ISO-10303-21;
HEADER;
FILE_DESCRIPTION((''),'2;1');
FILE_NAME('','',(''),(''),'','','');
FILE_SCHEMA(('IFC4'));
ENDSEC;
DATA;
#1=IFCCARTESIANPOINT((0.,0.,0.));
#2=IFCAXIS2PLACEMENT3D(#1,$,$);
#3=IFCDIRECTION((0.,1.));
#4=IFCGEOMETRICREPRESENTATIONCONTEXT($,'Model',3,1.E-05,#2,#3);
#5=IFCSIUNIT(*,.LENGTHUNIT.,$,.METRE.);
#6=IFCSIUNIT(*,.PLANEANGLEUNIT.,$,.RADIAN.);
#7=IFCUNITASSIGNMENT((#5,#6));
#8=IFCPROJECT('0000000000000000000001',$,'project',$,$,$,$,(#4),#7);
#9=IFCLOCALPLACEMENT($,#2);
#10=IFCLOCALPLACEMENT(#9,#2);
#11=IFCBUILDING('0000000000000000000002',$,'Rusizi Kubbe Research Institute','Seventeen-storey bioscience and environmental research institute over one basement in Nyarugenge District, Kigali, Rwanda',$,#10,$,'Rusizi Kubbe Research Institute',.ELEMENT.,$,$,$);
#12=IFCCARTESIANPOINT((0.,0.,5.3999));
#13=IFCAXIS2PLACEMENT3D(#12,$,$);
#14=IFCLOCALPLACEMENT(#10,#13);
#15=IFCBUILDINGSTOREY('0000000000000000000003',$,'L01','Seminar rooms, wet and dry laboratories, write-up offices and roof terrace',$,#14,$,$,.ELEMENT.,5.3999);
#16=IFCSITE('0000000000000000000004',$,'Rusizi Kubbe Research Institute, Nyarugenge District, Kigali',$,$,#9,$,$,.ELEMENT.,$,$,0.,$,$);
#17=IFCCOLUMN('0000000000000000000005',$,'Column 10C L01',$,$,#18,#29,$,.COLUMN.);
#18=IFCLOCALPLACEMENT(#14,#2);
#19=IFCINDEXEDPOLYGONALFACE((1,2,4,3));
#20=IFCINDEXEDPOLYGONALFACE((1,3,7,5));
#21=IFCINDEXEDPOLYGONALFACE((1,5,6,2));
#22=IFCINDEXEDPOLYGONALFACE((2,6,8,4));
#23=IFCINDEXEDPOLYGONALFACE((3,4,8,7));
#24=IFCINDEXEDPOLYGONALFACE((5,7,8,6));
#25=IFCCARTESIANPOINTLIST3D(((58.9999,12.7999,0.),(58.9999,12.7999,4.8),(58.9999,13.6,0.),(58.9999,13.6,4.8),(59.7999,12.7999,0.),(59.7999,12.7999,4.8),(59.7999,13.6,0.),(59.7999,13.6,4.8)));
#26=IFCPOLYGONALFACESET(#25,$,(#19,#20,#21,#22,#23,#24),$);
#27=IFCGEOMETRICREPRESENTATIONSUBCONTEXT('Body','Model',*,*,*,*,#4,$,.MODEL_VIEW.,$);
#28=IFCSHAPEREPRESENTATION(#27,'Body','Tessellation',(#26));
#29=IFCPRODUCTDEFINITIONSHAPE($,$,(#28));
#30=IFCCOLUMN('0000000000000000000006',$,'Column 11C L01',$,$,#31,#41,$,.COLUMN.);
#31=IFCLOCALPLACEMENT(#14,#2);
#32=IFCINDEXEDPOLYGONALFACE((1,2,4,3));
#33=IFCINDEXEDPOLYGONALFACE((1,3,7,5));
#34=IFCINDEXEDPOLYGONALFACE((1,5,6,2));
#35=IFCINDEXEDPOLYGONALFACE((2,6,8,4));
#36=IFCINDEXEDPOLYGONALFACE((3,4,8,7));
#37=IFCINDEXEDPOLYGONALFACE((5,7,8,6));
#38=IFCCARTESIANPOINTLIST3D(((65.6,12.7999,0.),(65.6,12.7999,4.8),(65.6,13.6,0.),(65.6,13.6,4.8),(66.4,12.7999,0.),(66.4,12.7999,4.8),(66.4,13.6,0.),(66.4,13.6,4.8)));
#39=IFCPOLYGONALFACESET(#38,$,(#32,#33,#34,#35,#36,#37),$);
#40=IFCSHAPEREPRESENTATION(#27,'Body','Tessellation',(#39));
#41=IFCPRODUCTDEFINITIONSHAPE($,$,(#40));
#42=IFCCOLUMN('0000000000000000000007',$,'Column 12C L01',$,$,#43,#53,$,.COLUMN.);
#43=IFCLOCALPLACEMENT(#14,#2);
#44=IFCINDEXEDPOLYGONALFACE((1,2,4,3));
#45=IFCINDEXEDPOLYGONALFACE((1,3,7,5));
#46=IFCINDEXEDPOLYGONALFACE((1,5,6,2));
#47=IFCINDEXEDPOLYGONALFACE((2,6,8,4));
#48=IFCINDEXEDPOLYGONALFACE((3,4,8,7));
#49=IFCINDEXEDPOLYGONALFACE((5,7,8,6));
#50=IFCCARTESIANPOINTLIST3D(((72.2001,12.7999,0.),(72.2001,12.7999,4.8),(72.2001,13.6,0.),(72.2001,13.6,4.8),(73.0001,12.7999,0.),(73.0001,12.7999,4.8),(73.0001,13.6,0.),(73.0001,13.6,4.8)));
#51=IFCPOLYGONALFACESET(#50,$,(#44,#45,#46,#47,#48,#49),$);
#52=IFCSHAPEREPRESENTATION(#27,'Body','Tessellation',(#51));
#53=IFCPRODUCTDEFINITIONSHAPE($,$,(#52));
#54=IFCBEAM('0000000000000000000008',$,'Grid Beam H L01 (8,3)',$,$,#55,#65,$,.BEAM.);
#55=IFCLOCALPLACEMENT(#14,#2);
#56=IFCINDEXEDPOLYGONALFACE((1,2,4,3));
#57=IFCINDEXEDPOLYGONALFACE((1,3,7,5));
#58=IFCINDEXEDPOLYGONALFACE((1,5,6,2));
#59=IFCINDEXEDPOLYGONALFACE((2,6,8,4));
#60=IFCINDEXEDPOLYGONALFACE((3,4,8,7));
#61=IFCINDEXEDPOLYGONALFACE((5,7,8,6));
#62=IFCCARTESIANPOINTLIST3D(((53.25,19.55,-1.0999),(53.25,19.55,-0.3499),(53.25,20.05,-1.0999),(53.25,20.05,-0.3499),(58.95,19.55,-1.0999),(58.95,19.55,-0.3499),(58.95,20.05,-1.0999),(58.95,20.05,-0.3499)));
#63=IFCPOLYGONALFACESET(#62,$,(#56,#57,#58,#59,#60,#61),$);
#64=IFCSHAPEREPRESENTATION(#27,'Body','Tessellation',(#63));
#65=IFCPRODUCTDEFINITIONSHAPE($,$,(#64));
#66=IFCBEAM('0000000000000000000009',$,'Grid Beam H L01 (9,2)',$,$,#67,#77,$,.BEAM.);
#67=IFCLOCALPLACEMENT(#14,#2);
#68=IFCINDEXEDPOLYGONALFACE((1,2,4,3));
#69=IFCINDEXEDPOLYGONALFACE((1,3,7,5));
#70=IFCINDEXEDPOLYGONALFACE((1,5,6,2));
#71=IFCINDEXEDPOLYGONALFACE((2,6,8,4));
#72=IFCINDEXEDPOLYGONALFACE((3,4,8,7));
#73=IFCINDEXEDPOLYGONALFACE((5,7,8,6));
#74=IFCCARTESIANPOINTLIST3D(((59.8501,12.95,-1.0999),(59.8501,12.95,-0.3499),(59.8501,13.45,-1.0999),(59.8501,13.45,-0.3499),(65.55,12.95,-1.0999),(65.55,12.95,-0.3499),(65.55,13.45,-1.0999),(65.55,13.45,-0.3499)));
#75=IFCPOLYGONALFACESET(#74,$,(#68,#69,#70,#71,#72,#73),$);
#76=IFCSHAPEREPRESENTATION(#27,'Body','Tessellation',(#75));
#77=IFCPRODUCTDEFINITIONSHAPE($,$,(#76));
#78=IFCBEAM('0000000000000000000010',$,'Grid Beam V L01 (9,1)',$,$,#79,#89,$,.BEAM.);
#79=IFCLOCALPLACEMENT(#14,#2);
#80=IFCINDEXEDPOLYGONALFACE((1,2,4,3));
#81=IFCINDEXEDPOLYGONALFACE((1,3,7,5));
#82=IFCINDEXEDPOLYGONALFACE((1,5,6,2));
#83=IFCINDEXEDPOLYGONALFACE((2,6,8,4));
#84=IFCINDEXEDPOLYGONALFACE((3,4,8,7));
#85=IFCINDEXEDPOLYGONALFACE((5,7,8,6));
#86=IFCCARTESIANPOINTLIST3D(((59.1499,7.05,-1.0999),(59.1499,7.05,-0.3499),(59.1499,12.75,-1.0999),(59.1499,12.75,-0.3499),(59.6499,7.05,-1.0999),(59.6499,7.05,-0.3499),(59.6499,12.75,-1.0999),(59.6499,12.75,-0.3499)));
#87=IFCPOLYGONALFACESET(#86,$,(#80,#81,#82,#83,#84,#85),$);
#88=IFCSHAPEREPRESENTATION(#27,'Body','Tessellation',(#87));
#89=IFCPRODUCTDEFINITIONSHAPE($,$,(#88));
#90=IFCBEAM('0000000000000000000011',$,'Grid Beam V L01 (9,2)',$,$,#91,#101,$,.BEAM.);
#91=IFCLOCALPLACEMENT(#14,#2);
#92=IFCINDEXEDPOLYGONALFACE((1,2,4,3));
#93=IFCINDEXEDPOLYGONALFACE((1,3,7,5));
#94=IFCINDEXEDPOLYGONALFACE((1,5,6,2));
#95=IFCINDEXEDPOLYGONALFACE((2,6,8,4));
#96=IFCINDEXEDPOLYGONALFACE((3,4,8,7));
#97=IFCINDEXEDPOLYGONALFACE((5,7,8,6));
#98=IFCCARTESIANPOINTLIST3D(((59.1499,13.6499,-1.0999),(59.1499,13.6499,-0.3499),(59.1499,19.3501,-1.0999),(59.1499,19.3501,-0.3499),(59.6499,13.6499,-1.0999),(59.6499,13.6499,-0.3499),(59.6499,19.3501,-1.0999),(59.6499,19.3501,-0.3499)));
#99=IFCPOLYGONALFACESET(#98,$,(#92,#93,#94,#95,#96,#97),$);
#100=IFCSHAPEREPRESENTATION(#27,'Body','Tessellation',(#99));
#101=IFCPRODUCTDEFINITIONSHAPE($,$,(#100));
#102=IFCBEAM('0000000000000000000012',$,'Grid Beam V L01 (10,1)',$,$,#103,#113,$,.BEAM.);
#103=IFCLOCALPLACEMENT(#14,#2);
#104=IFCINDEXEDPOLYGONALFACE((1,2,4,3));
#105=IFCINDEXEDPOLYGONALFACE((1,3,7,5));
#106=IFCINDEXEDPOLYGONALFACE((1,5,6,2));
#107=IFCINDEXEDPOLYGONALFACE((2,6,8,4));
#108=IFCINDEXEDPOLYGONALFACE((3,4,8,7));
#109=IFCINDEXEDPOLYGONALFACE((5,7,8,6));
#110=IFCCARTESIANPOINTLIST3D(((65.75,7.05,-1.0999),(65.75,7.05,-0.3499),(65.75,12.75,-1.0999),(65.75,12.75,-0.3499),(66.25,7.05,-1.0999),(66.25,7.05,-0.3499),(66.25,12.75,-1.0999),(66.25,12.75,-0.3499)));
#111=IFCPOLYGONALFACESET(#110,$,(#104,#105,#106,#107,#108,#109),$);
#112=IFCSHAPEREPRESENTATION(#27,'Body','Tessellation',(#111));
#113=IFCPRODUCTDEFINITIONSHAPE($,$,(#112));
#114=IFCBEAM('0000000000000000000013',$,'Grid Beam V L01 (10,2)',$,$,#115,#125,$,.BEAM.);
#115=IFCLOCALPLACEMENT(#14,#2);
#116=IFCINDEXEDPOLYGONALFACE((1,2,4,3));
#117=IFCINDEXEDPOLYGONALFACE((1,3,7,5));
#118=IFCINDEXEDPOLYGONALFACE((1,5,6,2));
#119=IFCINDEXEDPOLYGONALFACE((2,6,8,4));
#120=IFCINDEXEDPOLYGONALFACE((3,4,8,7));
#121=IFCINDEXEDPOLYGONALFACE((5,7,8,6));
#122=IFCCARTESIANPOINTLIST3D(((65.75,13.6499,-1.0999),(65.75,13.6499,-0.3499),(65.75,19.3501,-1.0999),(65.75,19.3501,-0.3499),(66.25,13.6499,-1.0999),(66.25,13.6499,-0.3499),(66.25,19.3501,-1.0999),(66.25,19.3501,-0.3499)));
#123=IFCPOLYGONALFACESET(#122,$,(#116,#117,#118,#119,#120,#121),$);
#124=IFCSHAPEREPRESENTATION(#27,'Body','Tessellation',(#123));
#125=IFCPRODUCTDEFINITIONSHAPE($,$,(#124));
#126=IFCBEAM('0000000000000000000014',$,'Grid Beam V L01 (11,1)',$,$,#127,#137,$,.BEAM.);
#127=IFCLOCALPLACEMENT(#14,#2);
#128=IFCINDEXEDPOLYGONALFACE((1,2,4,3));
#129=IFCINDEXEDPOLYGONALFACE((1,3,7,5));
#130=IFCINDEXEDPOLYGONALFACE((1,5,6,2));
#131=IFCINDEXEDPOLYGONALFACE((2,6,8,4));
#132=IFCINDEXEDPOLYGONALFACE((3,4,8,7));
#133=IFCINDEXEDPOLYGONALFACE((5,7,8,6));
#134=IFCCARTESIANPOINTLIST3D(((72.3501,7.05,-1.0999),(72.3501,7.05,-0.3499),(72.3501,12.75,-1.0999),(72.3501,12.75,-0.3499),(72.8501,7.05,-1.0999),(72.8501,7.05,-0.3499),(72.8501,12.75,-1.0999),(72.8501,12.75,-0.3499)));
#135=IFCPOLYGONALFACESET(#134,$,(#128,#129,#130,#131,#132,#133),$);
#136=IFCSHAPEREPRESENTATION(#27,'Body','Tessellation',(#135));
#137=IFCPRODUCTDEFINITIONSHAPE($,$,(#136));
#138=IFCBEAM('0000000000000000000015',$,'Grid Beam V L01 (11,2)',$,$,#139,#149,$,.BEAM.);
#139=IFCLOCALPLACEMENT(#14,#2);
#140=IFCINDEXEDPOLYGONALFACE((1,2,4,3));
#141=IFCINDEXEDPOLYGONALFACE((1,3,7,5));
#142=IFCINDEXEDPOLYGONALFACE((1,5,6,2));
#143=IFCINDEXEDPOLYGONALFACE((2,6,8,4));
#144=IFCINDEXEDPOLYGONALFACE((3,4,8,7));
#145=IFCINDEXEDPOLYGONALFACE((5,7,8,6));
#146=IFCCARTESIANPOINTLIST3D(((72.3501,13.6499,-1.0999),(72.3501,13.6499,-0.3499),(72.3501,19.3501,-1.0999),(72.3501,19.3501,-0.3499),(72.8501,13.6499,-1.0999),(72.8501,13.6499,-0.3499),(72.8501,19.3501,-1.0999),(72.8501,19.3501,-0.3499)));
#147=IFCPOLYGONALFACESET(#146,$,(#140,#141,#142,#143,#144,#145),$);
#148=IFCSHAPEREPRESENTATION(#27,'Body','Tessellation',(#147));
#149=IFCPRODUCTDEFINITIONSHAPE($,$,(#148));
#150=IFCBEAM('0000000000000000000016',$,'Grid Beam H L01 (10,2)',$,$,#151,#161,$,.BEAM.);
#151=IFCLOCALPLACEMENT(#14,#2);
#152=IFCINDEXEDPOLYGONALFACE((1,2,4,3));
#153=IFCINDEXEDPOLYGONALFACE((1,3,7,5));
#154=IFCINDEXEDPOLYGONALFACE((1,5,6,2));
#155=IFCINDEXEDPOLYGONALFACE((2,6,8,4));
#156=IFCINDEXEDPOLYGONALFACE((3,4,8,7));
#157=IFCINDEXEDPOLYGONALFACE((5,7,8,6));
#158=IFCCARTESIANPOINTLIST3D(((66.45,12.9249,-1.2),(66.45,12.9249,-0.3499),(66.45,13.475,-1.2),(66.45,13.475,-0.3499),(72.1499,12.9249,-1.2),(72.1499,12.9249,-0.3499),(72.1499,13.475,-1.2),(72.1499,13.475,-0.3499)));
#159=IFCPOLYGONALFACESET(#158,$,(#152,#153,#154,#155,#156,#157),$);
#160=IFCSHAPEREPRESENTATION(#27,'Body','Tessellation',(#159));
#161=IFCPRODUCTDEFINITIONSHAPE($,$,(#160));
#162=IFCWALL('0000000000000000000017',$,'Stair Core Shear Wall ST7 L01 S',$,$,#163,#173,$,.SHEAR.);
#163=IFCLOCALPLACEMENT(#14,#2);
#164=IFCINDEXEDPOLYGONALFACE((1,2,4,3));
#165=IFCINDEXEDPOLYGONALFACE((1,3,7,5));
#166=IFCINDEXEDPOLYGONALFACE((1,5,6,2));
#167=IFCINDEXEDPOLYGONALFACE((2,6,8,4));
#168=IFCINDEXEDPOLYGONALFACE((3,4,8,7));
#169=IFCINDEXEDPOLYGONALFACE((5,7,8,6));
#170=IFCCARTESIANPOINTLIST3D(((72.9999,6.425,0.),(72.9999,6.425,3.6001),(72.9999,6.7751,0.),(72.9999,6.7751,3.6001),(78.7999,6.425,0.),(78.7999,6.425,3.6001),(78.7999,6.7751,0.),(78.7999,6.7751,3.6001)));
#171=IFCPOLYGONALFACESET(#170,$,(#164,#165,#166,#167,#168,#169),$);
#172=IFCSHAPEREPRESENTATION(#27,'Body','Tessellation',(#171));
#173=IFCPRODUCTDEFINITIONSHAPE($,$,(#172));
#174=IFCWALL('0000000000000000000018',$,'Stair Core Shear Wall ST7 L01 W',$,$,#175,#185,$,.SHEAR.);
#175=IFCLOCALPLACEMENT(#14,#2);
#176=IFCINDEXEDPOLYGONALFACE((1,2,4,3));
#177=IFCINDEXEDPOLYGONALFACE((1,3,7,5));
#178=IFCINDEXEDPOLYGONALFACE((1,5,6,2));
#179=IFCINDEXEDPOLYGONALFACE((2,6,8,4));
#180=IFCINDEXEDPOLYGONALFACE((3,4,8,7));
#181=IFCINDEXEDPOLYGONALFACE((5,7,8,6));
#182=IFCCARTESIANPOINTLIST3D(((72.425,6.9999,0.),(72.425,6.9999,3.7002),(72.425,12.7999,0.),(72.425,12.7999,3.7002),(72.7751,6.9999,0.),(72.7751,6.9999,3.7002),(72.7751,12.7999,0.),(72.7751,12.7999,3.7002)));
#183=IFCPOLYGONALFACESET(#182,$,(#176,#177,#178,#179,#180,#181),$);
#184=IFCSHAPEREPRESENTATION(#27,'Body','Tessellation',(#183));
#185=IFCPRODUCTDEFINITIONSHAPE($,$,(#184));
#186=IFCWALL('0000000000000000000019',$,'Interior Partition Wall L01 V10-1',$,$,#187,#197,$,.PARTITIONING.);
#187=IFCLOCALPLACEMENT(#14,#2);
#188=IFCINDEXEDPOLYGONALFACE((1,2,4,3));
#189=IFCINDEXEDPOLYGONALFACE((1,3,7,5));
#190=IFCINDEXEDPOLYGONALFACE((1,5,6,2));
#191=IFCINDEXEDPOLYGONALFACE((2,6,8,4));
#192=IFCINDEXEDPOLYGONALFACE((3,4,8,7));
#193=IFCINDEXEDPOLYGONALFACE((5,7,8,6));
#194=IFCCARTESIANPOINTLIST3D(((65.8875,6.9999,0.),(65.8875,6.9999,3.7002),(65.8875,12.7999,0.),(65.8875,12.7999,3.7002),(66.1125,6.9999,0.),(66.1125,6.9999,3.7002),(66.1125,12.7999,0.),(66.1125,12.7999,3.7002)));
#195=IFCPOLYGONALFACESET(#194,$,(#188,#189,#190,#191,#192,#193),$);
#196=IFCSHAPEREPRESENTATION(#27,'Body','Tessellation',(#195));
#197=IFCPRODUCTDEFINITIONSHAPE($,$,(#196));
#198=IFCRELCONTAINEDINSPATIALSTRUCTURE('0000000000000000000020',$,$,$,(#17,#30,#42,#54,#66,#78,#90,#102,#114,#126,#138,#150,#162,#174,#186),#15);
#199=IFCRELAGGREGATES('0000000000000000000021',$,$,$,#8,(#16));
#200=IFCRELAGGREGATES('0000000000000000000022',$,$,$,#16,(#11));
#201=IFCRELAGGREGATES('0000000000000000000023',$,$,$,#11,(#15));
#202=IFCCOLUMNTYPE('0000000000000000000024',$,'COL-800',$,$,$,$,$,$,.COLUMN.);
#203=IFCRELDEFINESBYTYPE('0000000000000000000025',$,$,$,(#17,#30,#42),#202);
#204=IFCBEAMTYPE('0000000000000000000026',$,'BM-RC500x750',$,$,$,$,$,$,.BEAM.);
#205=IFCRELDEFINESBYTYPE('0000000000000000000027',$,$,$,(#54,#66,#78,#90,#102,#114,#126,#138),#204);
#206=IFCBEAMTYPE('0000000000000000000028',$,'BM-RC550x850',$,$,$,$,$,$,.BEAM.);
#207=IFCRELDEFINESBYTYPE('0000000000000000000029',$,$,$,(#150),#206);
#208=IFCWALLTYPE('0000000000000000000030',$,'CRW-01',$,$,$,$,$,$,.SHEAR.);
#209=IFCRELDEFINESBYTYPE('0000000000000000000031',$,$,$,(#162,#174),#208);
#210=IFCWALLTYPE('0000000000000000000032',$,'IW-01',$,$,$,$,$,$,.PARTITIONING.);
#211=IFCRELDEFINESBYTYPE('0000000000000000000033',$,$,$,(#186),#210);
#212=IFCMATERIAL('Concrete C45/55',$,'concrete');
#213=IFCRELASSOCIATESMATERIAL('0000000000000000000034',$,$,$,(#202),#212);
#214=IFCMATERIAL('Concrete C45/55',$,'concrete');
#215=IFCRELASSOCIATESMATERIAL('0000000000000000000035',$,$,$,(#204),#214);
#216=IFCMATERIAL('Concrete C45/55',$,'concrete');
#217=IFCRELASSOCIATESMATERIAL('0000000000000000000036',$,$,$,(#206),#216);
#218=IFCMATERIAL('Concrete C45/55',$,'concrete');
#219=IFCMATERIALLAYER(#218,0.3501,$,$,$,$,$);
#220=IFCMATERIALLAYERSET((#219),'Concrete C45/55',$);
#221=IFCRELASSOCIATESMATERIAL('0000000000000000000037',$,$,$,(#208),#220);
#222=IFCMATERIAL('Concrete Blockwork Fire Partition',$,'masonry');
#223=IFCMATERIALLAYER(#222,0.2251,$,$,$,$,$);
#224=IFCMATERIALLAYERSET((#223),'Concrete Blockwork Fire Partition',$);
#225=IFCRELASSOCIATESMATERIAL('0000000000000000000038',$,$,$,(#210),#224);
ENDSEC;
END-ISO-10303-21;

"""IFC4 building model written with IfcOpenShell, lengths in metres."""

from ifc_helpers import new_model, si_unit, direction, frame, frame_2d, origin, origin_2d, place, context, subcontext, project, spatial, rectangle, extrude, material, layer, layer_set, material_profile, profile_set, type_object, element, save


model = new_model("IFC4")

# Units and contexts
model_context = context("Model", 3, precision=1e-05, world=origin(), true_north=direction((0.0, 1.0)))
body_context = subcontext(model_context, "Body", "Model", "MODEL_VIEW")
ifc_project = project(units=[si_unit("LENGTHUNIT", "METRE"), si_unit("PLANEANGLEUNIT", "RADIAN")], contexts=[model_context])

# Site, building, storey
site_placement = place(None, origin())
site = spatial("IfcSite", under=ifc_project, at=site_placement, Name="Rusizi Kubbe Research Institute, Nyarugenge District, Kigali", CompositionType="ELEMENT", RefElevation=0.0)
building_placement = place(site_placement, origin())
building = spatial("IfcBuilding", under=site, at=building_placement, Name="Rusizi Kubbe Research Institute", Description="Seventeen-storey bioscience and environmental research institute over one basement in Nyarugenge District, Kigali, Rwanda", LongName="Rusizi Kubbe Research Institute", CompositionType="ELEMENT")
storey_placement = place(building_placement, frame((0.0, 0.0, 5.3999)))
storey = spatial("IfcBuildingStorey", under=building, at=storey_placement, Name="L01", Description="Seminar rooms, wet and dry laboratories, write-up offices and roof terrace", CompositionType="ELEMENT", Elevation=5.3999)

# Columns
ifc_material_1 = material(Name="Concrete C45/55", Category="concrete")
ifc_material_profile_1 = material_profile(ifc_material_1, rectangle(XDim=0.8, YDim=0.8, at=origin_2d()), Name="RC800x800")
ifc_profile_set_1 = profile_set([ifc_material_profile_1], Name="Concrete C45/55")
column_type = type_object("IfcColumnType", Name="COL-800", PredefinedType="COLUMN", material=ifc_profile_set_1)
for number, where, z_axis, x_axis, name in (
    (1, (59.3999, 13.2, 0.0), (0.0, 0.0, 1.0), (1.0, 0.0, 0.0), "Column 10C L01"),
    (2, (66.0, 13.2, 0.0), (0.0, 0.0, 1.0), (1.0, 0.0, 0.0), "Column 11C L01"),
    (3, (72.6001, 13.2, 0.0), (0.0, 0.0, 1.0), (1.0, 0.0, 0.0), "Column 12C L01"),
):
    element("IfcColumn", number, at=place(storey_placement, frame(where, z_axis=z_axis, x_axis=x_axis)), inside=storey, type_object=column_type, Name=name, PredefinedType="COLUMN", context=body_context, shape_type="SweptSolid", body=[
        extrude(rectangle(XDim=0.8, YDim=0.8, at=origin_2d()), origin(), (0.0, 0.0, 1.0), 4.8),
    ])

# Beams
ifc_material_2 = material(Name="Concrete C45/55", Category="concrete")
ifc_material_profile_2 = material_profile(ifc_material_2, rectangle(XDim=0.5, YDim=0.75, at=origin_2d()), Name="RC500x750B")
ifc_profile_set_2 = profile_set([ifc_material_profile_2], Name="Concrete C45/55")
beam_type_1 = type_object("IfcBeamType", Name="BM-RC500x750", PredefinedType="BEAM", material=ifc_profile_set_2)
for number, where, z_axis, x_axis, name in (
    (4, (53.25, 19.8, -0.7249), (1.0, 0.0, 0.0), (0.0, 1.0, 0.0), "Grid Beam H L01 (8,3)"),
    (5, (59.8501, 13.2, -0.7249), (1.0, 0.0, 0.0), (0.0, 1.0, 0.0), "Grid Beam H L01 (9,2)"),
    (6, (59.3999, 7.05, -0.7249), (0.0, 1.0, 0.0), (-1.0, 0.0, 0.0), "Grid Beam V L01 (9,1)"),
):
    element("IfcBeam", number, at=place(storey_placement, frame(where, z_axis=z_axis, x_axis=x_axis)), inside=storey, type_object=beam_type_1, Name=name, PredefinedType="BEAM", context=body_context, shape_type="SweptSolid", body=[
        extrude(rectangle(XDim=0.5, YDim=0.75, at=origin_2d()), origin(), (0.0, 0.0, 1.0), 5.7),
    ])
beam_1_placement = place(storey_placement, frame((59.3999, 13.6499, -0.7249), z_axis=(0.0, 1.0, 0.0), x_axis=(-1.0, 0.0, 0.0)))
element("IfcBeam", 7, at=beam_1_placement, inside=storey, type_object=beam_type_1, Name="Grid Beam V L01 (9,2)", PredefinedType="BEAM", context=body_context, shape_type="SweptSolid", body=[
    extrude(rectangle(XDim=0.5, YDim=0.75, at=origin_2d()), origin(), (0.0, 0.0, 1.0), 5.7002),
])
beam_2_placement = place(storey_placement, frame((66.0, 7.05, -0.7249), z_axis=(0.0, 1.0, 0.0), x_axis=(-1.0, 0.0, 0.0)))
element("IfcBeam", 8, at=beam_2_placement, inside=storey, type_object=beam_type_1, Name="Grid Beam V L01 (10,1)", PredefinedType="BEAM", context=body_context, shape_type="SweptSolid", body=[
    extrude(rectangle(XDim=0.5, YDim=0.75, at=origin_2d()), origin(), (0.0, 0.0, 1.0), 5.7),
])
beam_3_placement = place(storey_placement, frame((66.0, 13.6499, -0.7249), z_axis=(0.0, 1.0, 0.0), x_axis=(-1.0, 0.0, 0.0)))
element("IfcBeam", 9, at=beam_3_placement, inside=storey, type_object=beam_type_1, Name="Grid Beam V L01 (10,2)", PredefinedType="BEAM", context=body_context, shape_type="SweptSolid", body=[
    extrude(rectangle(XDim=0.5, YDim=0.75, at=origin_2d()), origin(), (0.0, 0.0, 1.0), 5.7002),
])
beam_4_placement = place(storey_placement, frame((72.6001, 7.05, -0.7249), z_axis=(0.0, 1.0, 0.0), x_axis=(-1.0, 0.0, 0.0)))
element("IfcBeam", 10, at=beam_4_placement, inside=storey, type_object=beam_type_1, Name="Grid Beam V L01 (11,1)", PredefinedType="BEAM", context=body_context, shape_type="SweptSolid", body=[
    extrude(rectangle(XDim=0.5, YDim=0.75, at=origin_2d()), origin(), (0.0, 0.0, 1.0), 5.7),
])
beam_5_placement = place(storey_placement, frame((72.6001, 13.6499, -0.7249), z_axis=(0.0, 1.0, 0.0), x_axis=(-1.0, 0.0, 0.0)))
element("IfcBeam", 11, at=beam_5_placement, inside=storey, type_object=beam_type_1, Name="Grid Beam V L01 (11,2)", PredefinedType="BEAM", context=body_context, shape_type="SweptSolid", body=[
    extrude(rectangle(XDim=0.5, YDim=0.75, at=origin_2d()), origin(), (0.0, 0.0, 1.0), 5.7002),
])
ifc_material_3 = material(Name="Concrete C45/55", Category="concrete")
ifc_material_profile_3 = material_profile(ifc_material_3, rectangle(XDim=0.55, YDim=0.8501, at=origin_2d()), Name="RC550x850")
ifc_profile_set_3 = profile_set([ifc_material_profile_3], Name="Concrete C45/55")
beam_type_2 = type_object("IfcBeamType", Name="BM-RC550x850", PredefinedType="BEAM", material=ifc_profile_set_3)
beam_6_placement = place(storey_placement, frame((66.45, 13.2, -0.7749), z_axis=(1.0, 0.0, 0.0), x_axis=(0.0, 1.0, 0.0)))
element("IfcBeam", 12, at=beam_6_placement, inside=storey, type_object=beam_type_2, Name="Grid Beam H L01 (10,2)", PredefinedType="BEAM", context=body_context, shape_type="SweptSolid", body=[
    extrude(rectangle(XDim=0.55, YDim=0.8501, at=origin_2d()), origin(), (0.0, 0.0, 1.0), 5.7),
])

# Wall
ifc_material_4 = material(Name="Concrete C45/55", Category="concrete")
ifc_layer_1 = layer(ifc_material_4, 0.3501)
ifc_layer_set_1 = layer_set([ifc_layer_1], Name="Concrete C45/55")
wall_type_1 = type_object("IfcWallType", Name="CRW-01", PredefinedType="SHEAR", material=ifc_layer_set_1)
wall_1_placement = place(storey_placement, frame((73.0, 6.6001, 0.0), z_axis=(0.0, 0.0, 1.0), x_axis=(1.0, 0.0, 0.0)))
element("IfcWall", 13, at=wall_1_placement, inside=storey, type_object=wall_type_1, Name="Stair Core Shear Wall ST7 L01 S", PredefinedType="SHEAR", context=body_context, shape_type="SweptSolid", body=[
    extrude(rectangle(XDim=5.8, YDim=0.3501, at=frame_2d((2.8999, 0.0))), origin(), (0.0, 0.0, 1.0), 3.6001),
])

# Walls
wall_2_placement = place(storey_placement, frame((72.6001, 7.0, 0.0), z_axis=(0.0, 0.0, 1.0), x_axis=(0.0, 1.0, 0.0)))
element("IfcWall", 14, at=wall_2_placement, inside=storey, type_object=wall_type_1, Name="Stair Core Shear Wall ST7 L01 W", PredefinedType="SHEAR", context=body_context, shape_type="SweptSolid", body=[
    extrude(rectangle(XDim=5.8, YDim=0.3501, at=frame_2d((2.8999, 0.0))), origin(), (0.0, 0.0, 1.0), 3.7002),
])
ifc_material_5 = material(Name="Concrete Blockwork Fire Partition", Category="masonry")
ifc_layer_2 = layer(ifc_material_5, 0.2251)
ifc_layer_set_2 = layer_set([ifc_layer_2], Name="Concrete Blockwork Fire Partition")
wall_type_2 = type_object("IfcWallType", Name="IW-01", PredefinedType="PARTITIONING", material=ifc_layer_set_2)
wall_3_placement = place(storey_placement, frame((66.0, 7.0, 0.0), z_axis=(0.0, 0.0, 1.0), x_axis=(0.0, 1.0, 0.0)))
element("IfcWall", 15, at=wall_3_placement, inside=storey, type_object=wall_type_2, Name="Interior Partition Wall L01 V10-1", PredefinedType="PARTITIONING", context=body_context, shape_type="SweptSolid", body=[
    extrude(rectangle(XDim=5.8, YDim=0.2251, at=frame_2d((2.8999, 0.0))), origin(), (0.0, 0.0, 1.0), 3.7002),
])

save(model, "model.ifc")
